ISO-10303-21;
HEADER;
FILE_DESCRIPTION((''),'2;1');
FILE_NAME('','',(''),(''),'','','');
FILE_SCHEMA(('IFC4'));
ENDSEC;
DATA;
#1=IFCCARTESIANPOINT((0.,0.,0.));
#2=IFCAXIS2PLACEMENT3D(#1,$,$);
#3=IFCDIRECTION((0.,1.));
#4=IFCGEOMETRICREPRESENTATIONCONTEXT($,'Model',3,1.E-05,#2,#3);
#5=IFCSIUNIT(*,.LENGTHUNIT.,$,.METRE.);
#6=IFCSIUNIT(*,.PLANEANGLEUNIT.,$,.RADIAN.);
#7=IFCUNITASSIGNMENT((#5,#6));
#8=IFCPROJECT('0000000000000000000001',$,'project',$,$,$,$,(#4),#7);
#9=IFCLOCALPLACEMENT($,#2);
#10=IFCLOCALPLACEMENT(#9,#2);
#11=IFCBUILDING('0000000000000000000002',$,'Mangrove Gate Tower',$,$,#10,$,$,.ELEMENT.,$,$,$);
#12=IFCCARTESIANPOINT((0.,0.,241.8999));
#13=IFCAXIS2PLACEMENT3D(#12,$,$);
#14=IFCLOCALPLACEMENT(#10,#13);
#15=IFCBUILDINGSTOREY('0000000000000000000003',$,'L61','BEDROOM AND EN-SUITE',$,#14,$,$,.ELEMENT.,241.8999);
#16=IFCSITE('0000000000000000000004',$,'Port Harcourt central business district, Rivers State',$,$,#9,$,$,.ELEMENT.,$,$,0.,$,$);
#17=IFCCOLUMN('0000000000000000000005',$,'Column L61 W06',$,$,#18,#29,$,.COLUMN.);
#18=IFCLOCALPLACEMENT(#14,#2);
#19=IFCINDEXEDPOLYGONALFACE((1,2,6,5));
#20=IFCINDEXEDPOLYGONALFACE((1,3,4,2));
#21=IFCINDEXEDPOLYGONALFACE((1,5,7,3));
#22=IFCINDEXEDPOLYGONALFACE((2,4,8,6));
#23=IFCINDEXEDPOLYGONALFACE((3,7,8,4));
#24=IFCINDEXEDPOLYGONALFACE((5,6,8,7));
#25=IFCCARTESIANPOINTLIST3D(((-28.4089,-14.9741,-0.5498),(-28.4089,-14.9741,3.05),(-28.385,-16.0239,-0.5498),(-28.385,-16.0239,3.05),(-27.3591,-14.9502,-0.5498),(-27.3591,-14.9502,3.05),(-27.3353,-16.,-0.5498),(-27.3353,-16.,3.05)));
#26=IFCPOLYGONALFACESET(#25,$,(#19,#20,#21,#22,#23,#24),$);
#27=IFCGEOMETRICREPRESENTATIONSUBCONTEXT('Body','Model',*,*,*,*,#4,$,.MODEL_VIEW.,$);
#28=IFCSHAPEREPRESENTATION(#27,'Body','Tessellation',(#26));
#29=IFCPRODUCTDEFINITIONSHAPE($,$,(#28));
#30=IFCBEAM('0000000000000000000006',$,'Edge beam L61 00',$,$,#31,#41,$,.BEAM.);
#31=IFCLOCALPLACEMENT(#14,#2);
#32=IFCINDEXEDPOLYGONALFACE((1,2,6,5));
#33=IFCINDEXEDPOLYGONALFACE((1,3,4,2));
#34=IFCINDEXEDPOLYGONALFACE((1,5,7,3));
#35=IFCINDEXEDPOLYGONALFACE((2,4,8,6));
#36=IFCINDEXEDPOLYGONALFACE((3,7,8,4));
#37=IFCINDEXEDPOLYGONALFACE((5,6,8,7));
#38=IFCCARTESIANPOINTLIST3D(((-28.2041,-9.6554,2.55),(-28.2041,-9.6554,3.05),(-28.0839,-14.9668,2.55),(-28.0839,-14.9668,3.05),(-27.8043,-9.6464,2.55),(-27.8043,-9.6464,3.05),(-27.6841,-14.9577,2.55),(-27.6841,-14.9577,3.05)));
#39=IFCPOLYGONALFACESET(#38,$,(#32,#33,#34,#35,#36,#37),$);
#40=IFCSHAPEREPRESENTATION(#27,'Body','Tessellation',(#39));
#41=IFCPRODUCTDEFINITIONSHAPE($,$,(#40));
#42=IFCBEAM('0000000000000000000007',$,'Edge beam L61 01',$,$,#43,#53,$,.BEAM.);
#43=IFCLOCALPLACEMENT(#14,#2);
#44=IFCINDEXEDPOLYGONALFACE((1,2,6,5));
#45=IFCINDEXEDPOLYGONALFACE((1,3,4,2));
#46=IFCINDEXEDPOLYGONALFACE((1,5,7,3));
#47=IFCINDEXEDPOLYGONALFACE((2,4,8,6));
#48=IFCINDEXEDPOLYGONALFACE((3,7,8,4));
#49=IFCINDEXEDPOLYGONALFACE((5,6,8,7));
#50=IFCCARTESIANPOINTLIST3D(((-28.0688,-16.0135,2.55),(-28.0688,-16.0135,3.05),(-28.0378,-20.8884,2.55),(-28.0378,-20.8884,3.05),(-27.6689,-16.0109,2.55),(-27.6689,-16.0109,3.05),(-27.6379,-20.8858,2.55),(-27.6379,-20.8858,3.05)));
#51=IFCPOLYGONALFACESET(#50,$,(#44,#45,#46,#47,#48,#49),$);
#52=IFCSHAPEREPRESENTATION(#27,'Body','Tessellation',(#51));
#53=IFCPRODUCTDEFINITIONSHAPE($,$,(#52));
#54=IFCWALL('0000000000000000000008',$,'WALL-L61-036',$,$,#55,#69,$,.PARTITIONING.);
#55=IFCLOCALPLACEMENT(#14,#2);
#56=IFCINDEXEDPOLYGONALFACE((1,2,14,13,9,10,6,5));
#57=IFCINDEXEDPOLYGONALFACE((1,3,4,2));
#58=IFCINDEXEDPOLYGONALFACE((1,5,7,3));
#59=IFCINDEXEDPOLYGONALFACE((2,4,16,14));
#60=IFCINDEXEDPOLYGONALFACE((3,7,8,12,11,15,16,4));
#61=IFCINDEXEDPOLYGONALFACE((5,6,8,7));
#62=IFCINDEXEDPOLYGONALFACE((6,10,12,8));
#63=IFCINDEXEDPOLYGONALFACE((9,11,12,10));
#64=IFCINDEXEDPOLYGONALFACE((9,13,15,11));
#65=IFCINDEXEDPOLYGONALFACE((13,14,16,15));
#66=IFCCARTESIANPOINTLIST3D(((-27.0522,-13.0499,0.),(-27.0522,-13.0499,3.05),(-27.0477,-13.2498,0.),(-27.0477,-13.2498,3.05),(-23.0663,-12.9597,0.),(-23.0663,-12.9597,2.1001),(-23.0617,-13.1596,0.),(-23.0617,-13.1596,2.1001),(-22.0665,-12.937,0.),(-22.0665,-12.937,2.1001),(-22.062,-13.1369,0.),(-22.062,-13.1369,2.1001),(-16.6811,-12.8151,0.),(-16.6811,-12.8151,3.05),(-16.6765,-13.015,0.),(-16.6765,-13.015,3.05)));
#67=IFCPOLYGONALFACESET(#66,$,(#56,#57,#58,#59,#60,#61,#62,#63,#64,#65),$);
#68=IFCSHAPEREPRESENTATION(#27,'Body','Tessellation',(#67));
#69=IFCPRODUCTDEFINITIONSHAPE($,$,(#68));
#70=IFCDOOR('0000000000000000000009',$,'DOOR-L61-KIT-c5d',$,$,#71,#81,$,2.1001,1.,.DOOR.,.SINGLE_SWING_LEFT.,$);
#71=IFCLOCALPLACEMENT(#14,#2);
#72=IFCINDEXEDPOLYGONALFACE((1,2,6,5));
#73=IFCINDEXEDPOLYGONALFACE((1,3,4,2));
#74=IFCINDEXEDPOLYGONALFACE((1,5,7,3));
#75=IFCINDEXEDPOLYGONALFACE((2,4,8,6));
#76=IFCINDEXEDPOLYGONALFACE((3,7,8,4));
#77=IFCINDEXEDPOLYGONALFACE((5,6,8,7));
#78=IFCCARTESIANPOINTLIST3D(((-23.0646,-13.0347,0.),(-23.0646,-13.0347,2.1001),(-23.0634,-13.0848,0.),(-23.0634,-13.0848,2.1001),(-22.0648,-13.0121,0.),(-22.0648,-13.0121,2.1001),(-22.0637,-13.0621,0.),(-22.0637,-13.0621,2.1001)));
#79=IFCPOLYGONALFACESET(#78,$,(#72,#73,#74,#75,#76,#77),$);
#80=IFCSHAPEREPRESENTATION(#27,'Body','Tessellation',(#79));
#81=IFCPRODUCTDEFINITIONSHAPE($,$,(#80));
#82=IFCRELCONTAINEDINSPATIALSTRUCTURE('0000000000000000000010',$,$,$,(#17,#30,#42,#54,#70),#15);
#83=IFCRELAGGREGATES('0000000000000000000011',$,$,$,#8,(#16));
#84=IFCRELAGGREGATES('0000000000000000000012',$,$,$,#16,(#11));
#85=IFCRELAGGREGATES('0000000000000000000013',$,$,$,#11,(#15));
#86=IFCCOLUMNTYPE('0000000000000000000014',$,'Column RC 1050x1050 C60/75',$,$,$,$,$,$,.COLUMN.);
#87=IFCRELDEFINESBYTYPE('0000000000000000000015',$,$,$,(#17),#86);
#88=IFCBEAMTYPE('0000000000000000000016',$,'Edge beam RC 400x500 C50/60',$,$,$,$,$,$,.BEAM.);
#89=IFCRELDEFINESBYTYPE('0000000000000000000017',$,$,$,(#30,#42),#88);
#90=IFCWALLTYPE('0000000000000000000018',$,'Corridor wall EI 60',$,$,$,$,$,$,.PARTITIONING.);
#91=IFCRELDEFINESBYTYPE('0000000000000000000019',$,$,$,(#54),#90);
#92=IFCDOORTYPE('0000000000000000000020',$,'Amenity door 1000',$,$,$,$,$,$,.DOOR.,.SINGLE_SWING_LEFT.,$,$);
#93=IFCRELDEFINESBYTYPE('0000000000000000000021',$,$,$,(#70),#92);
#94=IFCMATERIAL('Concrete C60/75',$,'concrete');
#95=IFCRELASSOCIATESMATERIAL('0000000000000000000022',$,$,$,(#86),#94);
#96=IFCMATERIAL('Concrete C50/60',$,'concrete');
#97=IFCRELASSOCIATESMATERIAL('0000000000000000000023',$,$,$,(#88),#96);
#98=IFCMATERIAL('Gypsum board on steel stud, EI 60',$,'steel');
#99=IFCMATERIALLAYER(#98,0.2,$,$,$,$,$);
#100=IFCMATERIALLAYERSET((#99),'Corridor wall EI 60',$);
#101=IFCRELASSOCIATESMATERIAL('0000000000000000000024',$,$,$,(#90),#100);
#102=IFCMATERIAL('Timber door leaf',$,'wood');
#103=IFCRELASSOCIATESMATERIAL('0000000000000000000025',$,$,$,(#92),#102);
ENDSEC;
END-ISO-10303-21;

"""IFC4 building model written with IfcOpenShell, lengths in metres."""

from ifc_helpers import new_model, si_unit, direction, frame, frame_2d, origin, origin_2d, place, context, subcontext, project, spatial, rectangle, extrude, material, layer, layer_set, material_profile, profile_set, type_object, element, fill, save


model = new_model("IFC4")

# Units and contexts
model_context = context("Model", 3, precision=1e-05, world=origin(), true_north=direction((0.0, 1.0)))
body_context = subcontext(model_context, "Body", "Model", "MODEL_VIEW")
ifc_project = project(units=[si_unit("LENGTHUNIT", "METRE"), si_unit("PLANEANGLEUNIT", "RADIAN")], contexts=[model_context])

# Site, building, storey
site_placement = place(None, origin())
site = spatial("IfcSite", under=ifc_project, at=site_placement, Name="Port Harcourt central business district, Rivers State", CompositionType="ELEMENT", RefElevation=0.0)
building_placement = place(site_placement, origin())
building = spatial("IfcBuilding", under=site, at=building_placement, Name="Mangrove Gate Tower", CompositionType="ELEMENT")
storey_placement = place(building_placement, frame((0.0, 0.0, 241.8999)))
storey = spatial("IfcBuildingStorey", under=building, at=storey_placement, Name="L61", Description="BEDROOM AND EN-SUITE", CompositionType="ELEMENT", Elevation=241.8999)

# Column
ifc_material_1 = material(Name="Concrete C60/75", Category="concrete")
ifc_material_profile_1 = material_profile(ifc_material_1, rectangle(XDim=1.05, YDim=1.05, at=origin_2d()))
ifc_profile_set_1 = profile_set([ifc_material_profile_1], Name="Concrete C60/75")
column_type = type_object("IfcColumnType", Name="Column RC 1050x1050 C60/75", PredefinedType="COLUMN", material=ifc_profile_set_1)
column_placement = place(storey_placement, frame((-27.8721, -15.4871, -0.5498), z_axis=(0.0, 0.0, 1.0), x_axis=(0.022711, -0.999742, 0.0)))
element("IfcColumn", 1, at=column_placement, inside=storey, type_object=column_type, Name="Column L61 W06", PredefinedType="COLUMN", context=body_context, shape_type="SweptSolid", body=[
    extrude(rectangle(XDim=1.05, YDim=1.05, at=origin_2d()), origin(), (0.0, 0.0, 1.0), 3.5999),
])

# Beams
ifc_material_2 = material(Name="Concrete C50/60", Category="concrete")
ifc_material_profile_2 = material_profile(ifc_material_2, rectangle(XDim=0.3999, YDim=0.5, at=origin_2d()))
ifc_profile_set_2 = profile_set([ifc_material_profile_2], Name="Concrete C50/60")
beam_type = type_object("IfcBeamType", Name="Edge beam RC 400x500 C50/60", PredefinedType="BEAM", material=ifc_profile_set_2)
beam_1_placement = place(storey_placement, frame((-28.0042, -9.6509, 2.8), z_axis=(0.02261, -0.999744, 0.0), x_axis=(0.999744, 0.02261, 0.0)))
element("IfcBeam", 2, at=beam_1_placement, inside=storey, type_object=beam_type, Name="Edge beam L61 00", PredefinedType="BEAM", context=body_context, shape_type="SweptSolid", body=[
    extrude(rectangle(XDim=0.3999, YDim=0.5, at=origin_2d()), origin(), (0.0, 0.0, 1.0), 5.3127),
])
beam_2_placement = place(storey_placement, frame((-27.8689, -16.0122, 2.8), z_axis=(0.00636, -0.99998, 0.0), x_axis=(0.99998, 0.00636, 0.0)))
element("IfcBeam", 3, at=beam_2_placement, inside=storey, type_object=beam_type, Name="Edge beam L61 01", PredefinedType="BEAM", context=body_context, shape_type="SweptSolid", body=[
    extrude(rectangle(XDim=0.3999, YDim=0.5, at=origin_2d()), origin(), (0.0, 0.0, 1.0), 4.875),
])

# Wall, opening, door
ifc_material_3 = material(Name="Gypsum board on steel stud, EI 60", Category="steel")
ifc_layer = layer(ifc_material_3, 0.2)
ifc_layer_set = layer_set([ifc_layer], Name="Corridor wall EI 60")
wall_type = type_object("IfcWallType", Name="Corridor wall EI 60", PredefinedType="PARTITIONING", material=ifc_layer_set)
wall_placement = place(storey_placement, frame((-27.05, -13.1499, 0.0), z_axis=(0.0, 0.0, 1.0), x_axis=(0.999744, 0.02264, 0.0)))
wall = element("IfcWall", 4, at=wall_placement, inside=storey, type_object=wall_type, Name="WALL-L61-036", PredefinedType="PARTITIONING", context=body_context, shape_type="SweptSolid", body=[
    extrude(rectangle(XDim=10.3738, YDim=0.2, at=frame_2d((5.187, 0.0))), origin(), (0.0, 0.0, 1.0), 3.05),
])
opening_placement = place(wall_placement, frame((3.9871, 0.0, 0.0)))
opening = element("IfcOpeningElement", 5, at=opening_placement, cuts=wall, PredefinedType="OPENING", context=body_context, shape_type="SweptSolid", body=[
    extrude(rectangle(XDim=1.0, YDim=2.1001, at=frame_2d((0.5, 1.05))), frame((0.0, 0.1099, 0.0), z_axis=(0.0, -1.0, 0.0), x_axis=(1.0, 0.0, 0.0)), (0.0, 0.0, 1.0), 0.22),
])
ifc_material_4 = material(Name="Timber door leaf", Category="wood")
door_type = type_object("IfcDoorType", Name="Amenity door 1000", OperationType="SINGLE_SWING_LEFT", PredefinedType="DOOR", material=ifc_material_4)
door_placement = place(opening_placement, origin())
door = element("IfcDoor", 6, at=door_placement, inside=storey, type_object=door_type, Name="DOOR-L61-KIT-c5d", OperationType="SINGLE_SWING_LEFT", OverallHeight=2.1001, OverallWidth=1.0, PredefinedType="DOOR", context=body_context, shape_type="SweptSolid", body=[
    extrude(rectangle(XDim=1.0, YDim=2.1001, at=frame_2d((0.5, 1.05))), frame((0.0, 0.0249, 0.0), z_axis=(0.0, -1.0, 0.0), x_axis=(1.0, 0.0, 0.0)), (0.0, 0.0, 1.0), 0.05),
])
fill(opening, door)

save(model, "model.ifc")
